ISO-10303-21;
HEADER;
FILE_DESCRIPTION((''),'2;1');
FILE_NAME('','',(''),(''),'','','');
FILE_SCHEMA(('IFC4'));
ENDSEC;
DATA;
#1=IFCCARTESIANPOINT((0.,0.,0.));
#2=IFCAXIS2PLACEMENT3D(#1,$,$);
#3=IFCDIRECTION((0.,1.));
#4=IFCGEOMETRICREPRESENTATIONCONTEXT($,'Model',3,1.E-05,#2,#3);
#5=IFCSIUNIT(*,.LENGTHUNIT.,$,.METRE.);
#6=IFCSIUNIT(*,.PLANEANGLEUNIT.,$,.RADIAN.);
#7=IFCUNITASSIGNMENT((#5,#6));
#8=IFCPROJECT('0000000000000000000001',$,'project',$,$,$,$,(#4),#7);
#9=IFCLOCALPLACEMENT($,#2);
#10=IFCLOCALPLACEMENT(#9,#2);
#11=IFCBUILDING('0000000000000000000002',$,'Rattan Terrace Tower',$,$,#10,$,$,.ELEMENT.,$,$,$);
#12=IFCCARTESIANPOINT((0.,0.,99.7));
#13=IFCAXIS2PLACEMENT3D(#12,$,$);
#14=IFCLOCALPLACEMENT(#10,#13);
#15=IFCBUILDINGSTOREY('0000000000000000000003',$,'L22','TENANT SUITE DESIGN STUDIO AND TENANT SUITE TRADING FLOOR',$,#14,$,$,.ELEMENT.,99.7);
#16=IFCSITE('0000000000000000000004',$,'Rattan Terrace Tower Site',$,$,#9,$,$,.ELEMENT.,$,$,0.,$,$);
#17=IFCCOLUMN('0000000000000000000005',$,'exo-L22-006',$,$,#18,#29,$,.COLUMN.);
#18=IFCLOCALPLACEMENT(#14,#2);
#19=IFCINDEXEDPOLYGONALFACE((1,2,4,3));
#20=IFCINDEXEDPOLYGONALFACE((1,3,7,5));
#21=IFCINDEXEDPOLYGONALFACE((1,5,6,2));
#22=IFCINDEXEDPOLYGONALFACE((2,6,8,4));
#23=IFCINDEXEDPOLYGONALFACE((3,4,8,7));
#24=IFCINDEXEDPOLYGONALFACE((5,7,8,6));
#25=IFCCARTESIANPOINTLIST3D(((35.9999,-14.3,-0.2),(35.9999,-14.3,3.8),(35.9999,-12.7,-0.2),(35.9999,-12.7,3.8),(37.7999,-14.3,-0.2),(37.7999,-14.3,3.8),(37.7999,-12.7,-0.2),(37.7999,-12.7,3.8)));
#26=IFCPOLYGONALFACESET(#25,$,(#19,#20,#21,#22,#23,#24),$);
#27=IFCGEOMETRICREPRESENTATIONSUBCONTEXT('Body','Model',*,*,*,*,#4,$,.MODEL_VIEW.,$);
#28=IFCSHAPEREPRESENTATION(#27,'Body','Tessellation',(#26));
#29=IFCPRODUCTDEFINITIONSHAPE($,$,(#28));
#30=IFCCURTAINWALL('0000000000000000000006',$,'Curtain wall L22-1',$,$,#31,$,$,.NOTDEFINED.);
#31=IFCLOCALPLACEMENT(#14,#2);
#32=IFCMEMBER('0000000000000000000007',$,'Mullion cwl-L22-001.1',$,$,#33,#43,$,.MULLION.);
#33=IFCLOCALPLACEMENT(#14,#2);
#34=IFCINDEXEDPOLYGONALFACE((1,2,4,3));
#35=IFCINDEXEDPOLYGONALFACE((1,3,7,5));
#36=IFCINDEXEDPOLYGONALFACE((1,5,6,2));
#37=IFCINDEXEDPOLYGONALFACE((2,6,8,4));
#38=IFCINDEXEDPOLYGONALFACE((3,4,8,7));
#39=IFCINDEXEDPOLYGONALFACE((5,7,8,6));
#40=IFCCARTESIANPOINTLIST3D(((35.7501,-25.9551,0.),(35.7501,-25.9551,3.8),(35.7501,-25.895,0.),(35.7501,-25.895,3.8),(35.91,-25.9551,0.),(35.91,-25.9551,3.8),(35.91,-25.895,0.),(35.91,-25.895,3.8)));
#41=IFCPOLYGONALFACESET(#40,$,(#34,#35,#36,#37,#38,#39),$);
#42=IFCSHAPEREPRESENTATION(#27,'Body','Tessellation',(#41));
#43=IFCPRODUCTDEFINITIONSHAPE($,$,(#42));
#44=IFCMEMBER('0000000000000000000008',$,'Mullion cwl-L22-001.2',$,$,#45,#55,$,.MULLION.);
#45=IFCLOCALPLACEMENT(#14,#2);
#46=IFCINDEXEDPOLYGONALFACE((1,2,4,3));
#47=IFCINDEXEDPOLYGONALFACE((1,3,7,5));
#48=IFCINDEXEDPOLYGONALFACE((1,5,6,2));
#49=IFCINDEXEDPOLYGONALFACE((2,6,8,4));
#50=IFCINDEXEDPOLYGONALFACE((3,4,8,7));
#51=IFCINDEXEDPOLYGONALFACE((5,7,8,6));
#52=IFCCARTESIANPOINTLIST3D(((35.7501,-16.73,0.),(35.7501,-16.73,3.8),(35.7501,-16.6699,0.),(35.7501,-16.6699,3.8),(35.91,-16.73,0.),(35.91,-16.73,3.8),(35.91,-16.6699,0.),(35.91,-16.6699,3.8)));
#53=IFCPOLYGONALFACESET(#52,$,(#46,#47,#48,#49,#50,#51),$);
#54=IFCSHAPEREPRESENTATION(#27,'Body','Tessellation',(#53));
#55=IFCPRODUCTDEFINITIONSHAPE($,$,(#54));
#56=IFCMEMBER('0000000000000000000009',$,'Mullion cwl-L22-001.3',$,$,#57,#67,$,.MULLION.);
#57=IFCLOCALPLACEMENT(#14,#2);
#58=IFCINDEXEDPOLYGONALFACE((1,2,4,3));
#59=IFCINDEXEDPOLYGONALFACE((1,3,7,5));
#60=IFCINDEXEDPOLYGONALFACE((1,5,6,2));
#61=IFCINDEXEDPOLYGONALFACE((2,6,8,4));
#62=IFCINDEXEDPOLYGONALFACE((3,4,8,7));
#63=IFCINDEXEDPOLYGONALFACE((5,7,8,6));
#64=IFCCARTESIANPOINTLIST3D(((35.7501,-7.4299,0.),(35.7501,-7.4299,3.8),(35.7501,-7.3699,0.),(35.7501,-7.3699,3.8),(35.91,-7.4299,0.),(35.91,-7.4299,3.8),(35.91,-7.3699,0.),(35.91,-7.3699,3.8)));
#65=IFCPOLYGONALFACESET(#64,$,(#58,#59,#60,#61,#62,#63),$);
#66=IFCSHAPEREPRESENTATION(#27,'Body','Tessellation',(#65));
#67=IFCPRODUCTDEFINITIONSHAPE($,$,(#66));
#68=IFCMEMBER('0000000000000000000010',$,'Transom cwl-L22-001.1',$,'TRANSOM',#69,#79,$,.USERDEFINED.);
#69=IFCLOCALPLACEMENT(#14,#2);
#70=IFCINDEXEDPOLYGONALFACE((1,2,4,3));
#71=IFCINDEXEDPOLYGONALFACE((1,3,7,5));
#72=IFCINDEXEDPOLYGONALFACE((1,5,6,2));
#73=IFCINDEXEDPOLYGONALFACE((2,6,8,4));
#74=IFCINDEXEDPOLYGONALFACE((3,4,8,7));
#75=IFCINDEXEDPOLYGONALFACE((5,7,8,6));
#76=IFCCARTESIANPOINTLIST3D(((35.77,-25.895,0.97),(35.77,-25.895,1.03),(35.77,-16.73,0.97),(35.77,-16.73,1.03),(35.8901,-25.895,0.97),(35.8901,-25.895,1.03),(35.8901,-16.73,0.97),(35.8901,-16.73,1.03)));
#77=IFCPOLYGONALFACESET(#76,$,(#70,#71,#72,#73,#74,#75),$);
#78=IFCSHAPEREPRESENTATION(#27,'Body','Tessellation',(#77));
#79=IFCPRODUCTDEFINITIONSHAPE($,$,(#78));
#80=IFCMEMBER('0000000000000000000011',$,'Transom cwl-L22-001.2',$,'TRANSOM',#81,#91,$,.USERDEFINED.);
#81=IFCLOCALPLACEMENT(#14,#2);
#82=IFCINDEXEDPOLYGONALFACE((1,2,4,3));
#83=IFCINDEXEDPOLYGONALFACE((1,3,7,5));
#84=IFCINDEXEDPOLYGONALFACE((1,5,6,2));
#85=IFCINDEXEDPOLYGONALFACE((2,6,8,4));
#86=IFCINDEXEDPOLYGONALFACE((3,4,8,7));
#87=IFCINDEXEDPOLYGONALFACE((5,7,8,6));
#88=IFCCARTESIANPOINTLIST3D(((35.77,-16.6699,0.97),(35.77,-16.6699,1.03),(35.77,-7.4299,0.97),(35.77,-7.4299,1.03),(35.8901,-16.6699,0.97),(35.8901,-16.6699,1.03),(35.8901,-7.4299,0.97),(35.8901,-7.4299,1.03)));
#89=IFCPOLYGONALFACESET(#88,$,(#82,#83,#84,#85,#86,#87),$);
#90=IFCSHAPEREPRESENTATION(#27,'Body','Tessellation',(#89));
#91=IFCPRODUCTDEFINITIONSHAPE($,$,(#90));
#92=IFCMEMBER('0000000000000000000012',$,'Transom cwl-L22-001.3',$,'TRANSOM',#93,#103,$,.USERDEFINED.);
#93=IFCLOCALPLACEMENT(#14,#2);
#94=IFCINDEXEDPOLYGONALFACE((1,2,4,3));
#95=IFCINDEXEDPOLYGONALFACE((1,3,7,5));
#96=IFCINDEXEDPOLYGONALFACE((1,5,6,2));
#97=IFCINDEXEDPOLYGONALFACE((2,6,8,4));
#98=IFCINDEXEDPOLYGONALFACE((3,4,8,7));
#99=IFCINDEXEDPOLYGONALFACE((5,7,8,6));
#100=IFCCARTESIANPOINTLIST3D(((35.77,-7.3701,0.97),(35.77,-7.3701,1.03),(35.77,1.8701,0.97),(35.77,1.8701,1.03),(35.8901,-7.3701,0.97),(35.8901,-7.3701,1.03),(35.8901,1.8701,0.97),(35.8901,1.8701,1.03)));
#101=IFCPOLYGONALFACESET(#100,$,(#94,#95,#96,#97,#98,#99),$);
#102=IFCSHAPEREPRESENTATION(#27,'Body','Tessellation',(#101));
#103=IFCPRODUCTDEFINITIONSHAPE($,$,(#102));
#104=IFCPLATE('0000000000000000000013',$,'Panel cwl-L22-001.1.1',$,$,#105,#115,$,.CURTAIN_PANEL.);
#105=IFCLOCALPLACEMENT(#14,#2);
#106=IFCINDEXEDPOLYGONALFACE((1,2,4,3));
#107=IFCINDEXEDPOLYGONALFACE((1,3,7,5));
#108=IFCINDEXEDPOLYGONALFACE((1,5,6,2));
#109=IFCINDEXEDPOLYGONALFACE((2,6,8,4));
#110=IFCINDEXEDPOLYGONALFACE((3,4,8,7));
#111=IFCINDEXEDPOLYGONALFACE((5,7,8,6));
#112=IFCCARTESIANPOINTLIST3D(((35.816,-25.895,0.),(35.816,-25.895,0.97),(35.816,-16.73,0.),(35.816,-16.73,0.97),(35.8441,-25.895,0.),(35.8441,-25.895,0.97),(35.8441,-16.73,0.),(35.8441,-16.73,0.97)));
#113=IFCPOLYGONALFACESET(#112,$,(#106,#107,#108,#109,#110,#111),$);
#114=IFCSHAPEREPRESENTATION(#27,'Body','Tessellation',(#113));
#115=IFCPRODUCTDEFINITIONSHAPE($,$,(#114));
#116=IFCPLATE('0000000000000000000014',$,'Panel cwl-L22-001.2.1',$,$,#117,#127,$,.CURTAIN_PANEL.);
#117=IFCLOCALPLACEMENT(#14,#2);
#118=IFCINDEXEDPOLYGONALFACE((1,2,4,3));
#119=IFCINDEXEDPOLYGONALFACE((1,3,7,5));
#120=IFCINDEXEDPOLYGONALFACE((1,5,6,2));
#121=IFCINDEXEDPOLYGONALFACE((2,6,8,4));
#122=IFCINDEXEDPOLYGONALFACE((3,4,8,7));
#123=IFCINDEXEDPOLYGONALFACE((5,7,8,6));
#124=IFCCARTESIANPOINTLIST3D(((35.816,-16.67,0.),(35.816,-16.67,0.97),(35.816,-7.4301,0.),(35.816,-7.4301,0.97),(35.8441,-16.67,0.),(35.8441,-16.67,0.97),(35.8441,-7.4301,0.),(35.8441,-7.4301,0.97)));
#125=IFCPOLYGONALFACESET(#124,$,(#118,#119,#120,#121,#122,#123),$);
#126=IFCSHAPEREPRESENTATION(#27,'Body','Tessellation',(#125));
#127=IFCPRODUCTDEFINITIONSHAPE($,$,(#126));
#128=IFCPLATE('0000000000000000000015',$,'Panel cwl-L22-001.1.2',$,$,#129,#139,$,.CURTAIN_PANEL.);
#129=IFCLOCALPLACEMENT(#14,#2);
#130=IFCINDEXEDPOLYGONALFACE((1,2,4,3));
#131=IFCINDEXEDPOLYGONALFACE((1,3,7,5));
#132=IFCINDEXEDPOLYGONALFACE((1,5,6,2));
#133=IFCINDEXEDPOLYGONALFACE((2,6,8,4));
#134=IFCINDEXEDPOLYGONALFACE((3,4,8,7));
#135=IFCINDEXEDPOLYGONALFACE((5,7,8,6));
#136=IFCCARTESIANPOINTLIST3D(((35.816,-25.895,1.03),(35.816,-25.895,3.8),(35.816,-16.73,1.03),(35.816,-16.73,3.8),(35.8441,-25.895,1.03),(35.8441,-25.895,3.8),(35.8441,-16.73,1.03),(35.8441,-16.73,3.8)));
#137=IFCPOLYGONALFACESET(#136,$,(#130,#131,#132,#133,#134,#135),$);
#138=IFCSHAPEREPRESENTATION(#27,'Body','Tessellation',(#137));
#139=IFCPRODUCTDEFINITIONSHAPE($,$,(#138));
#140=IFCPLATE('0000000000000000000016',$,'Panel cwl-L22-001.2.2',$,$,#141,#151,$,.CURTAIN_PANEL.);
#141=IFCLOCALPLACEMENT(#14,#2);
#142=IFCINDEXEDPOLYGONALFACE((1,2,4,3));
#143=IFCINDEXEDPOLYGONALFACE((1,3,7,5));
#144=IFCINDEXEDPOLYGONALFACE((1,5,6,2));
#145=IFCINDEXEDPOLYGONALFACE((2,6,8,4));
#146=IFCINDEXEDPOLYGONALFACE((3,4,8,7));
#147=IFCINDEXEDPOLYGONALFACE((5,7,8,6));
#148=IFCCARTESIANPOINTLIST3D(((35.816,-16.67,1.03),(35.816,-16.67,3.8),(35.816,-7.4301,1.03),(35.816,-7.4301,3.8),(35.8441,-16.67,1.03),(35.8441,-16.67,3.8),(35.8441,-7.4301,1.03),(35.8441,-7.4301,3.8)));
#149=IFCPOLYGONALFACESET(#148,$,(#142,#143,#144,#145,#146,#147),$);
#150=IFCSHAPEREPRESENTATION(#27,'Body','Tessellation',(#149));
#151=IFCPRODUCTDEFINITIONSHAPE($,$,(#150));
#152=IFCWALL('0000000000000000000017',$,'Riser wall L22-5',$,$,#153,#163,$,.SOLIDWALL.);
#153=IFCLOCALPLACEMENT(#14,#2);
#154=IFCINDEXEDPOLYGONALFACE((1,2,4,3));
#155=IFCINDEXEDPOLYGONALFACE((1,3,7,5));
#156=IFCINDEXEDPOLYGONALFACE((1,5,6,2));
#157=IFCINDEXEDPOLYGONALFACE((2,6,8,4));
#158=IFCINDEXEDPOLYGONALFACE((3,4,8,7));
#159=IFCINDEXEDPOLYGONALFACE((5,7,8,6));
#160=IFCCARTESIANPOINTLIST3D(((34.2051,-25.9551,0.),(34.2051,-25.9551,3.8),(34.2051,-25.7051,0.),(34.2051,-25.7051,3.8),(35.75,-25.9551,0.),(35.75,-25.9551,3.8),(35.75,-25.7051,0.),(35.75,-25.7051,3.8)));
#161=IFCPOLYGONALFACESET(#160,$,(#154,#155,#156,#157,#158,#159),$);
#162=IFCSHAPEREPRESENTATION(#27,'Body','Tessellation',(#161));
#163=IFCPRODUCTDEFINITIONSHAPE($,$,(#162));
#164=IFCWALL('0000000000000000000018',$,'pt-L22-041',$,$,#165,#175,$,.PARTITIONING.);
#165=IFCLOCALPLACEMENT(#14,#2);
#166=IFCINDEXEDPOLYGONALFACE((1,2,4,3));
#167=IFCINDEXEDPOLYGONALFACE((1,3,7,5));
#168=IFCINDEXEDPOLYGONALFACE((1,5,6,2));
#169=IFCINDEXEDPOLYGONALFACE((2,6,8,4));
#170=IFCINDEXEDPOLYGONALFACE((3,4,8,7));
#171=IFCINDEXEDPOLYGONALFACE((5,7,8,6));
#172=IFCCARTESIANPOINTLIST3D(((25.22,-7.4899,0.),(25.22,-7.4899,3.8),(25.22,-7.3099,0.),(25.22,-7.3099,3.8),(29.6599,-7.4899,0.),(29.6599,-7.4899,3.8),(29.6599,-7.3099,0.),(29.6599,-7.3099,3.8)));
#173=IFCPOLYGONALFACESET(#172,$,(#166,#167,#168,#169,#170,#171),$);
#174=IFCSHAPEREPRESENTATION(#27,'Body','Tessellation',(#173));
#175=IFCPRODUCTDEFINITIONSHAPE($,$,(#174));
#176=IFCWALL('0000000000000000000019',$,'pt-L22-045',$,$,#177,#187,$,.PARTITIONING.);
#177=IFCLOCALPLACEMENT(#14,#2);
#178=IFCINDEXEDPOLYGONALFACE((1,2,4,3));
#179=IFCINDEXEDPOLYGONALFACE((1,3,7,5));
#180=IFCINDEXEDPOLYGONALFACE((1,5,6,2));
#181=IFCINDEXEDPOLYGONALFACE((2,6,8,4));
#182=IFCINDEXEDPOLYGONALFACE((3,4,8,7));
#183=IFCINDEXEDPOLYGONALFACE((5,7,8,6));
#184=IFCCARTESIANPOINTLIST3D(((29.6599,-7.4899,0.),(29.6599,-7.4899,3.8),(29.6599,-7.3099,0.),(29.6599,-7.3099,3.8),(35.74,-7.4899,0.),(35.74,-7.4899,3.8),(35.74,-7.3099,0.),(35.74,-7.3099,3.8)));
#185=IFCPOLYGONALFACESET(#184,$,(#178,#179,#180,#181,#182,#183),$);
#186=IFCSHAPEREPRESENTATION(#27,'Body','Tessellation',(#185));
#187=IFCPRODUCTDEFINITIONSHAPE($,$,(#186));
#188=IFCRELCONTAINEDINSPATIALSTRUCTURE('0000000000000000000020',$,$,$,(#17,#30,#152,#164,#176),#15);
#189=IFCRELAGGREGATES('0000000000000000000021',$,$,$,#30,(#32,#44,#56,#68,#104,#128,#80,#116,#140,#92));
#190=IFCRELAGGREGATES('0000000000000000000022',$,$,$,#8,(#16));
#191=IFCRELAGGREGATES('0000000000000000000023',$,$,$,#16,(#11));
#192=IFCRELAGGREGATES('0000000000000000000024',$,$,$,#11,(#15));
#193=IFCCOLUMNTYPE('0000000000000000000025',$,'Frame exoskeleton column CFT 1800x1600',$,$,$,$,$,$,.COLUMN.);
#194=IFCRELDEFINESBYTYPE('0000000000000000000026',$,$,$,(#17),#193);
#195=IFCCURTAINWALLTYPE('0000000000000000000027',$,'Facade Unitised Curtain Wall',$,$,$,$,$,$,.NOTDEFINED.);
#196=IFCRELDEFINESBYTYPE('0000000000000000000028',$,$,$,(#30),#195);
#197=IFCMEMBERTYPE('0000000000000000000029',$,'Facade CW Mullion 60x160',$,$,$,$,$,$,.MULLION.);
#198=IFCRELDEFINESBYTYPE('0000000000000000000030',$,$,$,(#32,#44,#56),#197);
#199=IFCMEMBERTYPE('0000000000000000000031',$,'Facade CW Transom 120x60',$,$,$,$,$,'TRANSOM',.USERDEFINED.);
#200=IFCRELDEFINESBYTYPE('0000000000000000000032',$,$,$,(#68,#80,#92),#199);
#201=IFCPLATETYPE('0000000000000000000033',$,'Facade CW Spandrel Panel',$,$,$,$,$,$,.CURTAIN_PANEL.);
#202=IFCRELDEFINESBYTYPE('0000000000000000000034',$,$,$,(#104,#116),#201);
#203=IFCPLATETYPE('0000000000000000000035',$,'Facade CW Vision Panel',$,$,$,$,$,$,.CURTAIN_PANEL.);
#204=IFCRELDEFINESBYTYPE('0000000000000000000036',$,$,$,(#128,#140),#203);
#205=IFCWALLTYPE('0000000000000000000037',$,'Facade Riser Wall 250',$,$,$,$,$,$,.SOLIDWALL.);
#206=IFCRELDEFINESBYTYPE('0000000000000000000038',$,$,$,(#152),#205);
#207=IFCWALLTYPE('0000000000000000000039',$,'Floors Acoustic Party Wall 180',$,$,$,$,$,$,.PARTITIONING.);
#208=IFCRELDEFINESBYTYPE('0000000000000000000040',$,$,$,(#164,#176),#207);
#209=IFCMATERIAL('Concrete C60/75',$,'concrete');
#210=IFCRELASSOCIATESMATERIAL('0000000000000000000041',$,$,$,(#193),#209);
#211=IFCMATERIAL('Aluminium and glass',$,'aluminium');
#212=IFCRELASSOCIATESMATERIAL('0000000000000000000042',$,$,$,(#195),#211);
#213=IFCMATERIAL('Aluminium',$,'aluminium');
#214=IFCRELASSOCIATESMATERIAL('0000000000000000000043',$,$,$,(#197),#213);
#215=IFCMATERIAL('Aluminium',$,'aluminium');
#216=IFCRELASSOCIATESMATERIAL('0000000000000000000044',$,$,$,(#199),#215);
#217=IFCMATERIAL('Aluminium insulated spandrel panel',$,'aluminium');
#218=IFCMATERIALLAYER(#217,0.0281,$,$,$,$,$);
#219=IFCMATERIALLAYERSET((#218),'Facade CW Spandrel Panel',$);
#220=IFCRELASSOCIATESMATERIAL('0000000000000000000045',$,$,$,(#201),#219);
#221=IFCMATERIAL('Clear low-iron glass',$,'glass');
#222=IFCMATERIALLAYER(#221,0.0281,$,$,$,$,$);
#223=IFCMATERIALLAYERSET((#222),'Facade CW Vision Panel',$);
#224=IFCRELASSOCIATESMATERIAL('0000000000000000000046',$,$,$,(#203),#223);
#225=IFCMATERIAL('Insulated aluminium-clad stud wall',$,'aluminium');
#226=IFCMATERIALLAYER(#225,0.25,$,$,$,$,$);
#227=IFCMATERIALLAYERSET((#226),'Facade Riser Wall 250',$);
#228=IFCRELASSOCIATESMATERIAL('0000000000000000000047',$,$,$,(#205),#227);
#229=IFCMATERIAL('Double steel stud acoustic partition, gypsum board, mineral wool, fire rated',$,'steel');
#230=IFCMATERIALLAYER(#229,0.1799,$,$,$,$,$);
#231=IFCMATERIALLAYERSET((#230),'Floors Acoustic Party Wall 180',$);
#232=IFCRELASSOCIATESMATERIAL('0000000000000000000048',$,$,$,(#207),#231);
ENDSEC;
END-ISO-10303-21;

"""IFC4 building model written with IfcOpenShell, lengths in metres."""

from ifc_helpers import new_model, si_unit, direction, frame, frame_2d, origin, origin_2d, place, context, subcontext, project, spatial, rectangle, extrude, material, layer, layer_set, material_profile, profile_set, type_object, element, aggregate, save


model = new_model("IFC4")

# Units and contexts
model_context = context("Model", 3, precision=1e-05, world=origin(), true_north=direction((0.0, 1.0)))
body_context = subcontext(model_context, "Body", "Model", "MODEL_VIEW")
ifc_project = project(units=[si_unit("LENGTHUNIT", "METRE"), si_unit("PLANEANGLEUNIT", "RADIAN")], contexts=[model_context])

# Site, building, storey
site_placement = place(None, origin())
site = spatial("IfcSite", under=ifc_project, at=site_placement, Name="Rattan Terrace Tower Site", CompositionType="ELEMENT", RefElevation=0.0)
building_placement = place(site_placement, origin())
building = spatial("IfcBuilding", under=site, at=building_placement, Name="Rattan Terrace Tower", CompositionType="ELEMENT")
storey_placement = place(building_placement, frame((0.0, 0.0, 99.7)))
storey = spatial("IfcBuildingStorey", under=building, at=storey_placement, Name="L22", Description="TENANT SUITE DESIGN STUDIO AND TENANT SUITE TRADING FLOOR", CompositionType="ELEMENT", Elevation=99.7)

# Column
ifc_material_1 = material(Name="Concrete C60/75", Category="concrete")
ifc_material_profile_1 = material_profile(ifc_material_1, rectangle(XDim=1.6001, YDim=1.8, at=origin_2d()), Name="CFT 1800x1600")
ifc_profile_set_1 = profile_set([ifc_material_profile_1], Name="Concrete C60/75")
column_type = type_object("IfcColumnType", Name="Frame exoskeleton column CFT 1800x1600", PredefinedType="COLUMN", material=ifc_profile_set_1)
column_placement = place(storey_placement, frame((36.8999, -13.5, -0.2), z_axis=(0.0, 0.0, 1.0), x_axis=(0.0, 1.0, 0.0)))
element("IfcColumn", 1, at=column_placement, inside=storey, type_object=column_type, Name="exo-L22-006", PredefinedType="COLUMN", context=body_context, shape_type="SweptSolid", body=[
    extrude(rectangle(XDim=1.6001, YDim=1.8, at=origin_2d()), origin(), (0.0, 0.0, 1.0), 4.0),
])

# Curtain wall, members, plates
ifc_material_2 = material(Name="Aluminium and glass", Category="aluminium")
curtain_wall_type = type_object("IfcCurtainWallType", Name="Facade Unitised Curtain Wall", PredefinedType="NOTDEFINED", material=ifc_material_2)
curtain_wall_placement = place(storey_placement, origin())
curtain_wall = element("IfcCurtainWall", 2, at=curtain_wall_placement, inside=storey, type_object=curtain_wall_type, Name="Curtain wall L22-1", PredefinedType="NOTDEFINED")
ifc_material_3 = material(Name="Aluminium", Category="aluminium")
ifc_material_profile_2 = material_profile(ifc_material_3, rectangle(XDim=0.0601, YDim=0.1599, at=origin_2d()), Name="Aluminium 60x160")
ifc_profile_set_2 = profile_set([ifc_material_profile_2], Name="Aluminium")
member_type_1 = type_object("IfcMemberType", Name="Facade CW Mullion 60x160", PredefinedType="MULLION", material=ifc_profile_set_2)
member_1_placement = place(storey_placement, frame((35.8301, -25.925, 0.0), z_axis=(0.0, 0.0, 1.0), x_axis=(0.0, 1.0, 0.0)))
member_1 = element("IfcMember", 3, at=member_1_placement, type_object=member_type_1, Name="Mullion cwl-L22-001.1", PredefinedType="MULLION", context=body_context, shape_type="SweptSolid", body=[
    extrude(rectangle(XDim=0.0601, YDim=0.1599, at=origin_2d()), origin(), (0.0, 0.0, 1.0), 3.8),
])
member_2_placement = place(storey_placement, frame((35.8301, -16.7, 0.0), z_axis=(0.0, 0.0, 1.0), x_axis=(0.0, 1.0, 0.0)))
member_2 = element("IfcMember", 4, at=member_2_placement, type_object=member_type_1, Name="Mullion cwl-L22-001.2", PredefinedType="MULLION", context=body_context, shape_type="SweptSolid", body=[
    extrude(rectangle(XDim=0.0601, YDim=0.1599, at=origin_2d()), origin(), (0.0, 0.0, 1.0), 3.8),
])
member_3_placement = place(storey_placement, frame((35.8301, -7.3999, 0.0), z_axis=(0.0, 0.0, 1.0), x_axis=(0.0, 1.0, 0.0)))
member_3 = element("IfcMember", 5, at=member_3_placement, type_object=member_type_1, Name="Mullion cwl-L22-001.3", PredefinedType="MULLION", context=body_context, shape_type="SweptSolid", body=[
    extrude(rectangle(XDim=0.0601, YDim=0.1599, at=origin_2d()), origin(), (0.0, 0.0, 1.0), 3.8),
])
ifc_material_4 = material(Name="Aluminium", Category="aluminium")
ifc_material_profile_3 = material_profile(ifc_material_4, rectangle(XDim=0.1201, YDim=0.0601, at=origin_2d()), Name="Aluminium 120x60")
ifc_profile_set_3 = profile_set([ifc_material_profile_3], Name="Aluminium")
member_type_2 = type_object("IfcMemberType", Name="Facade CW Transom 120x60", ElementType="TRANSOM", PredefinedType="USERDEFINED", material=ifc_profile_set_3)
member_4_placement = place(storey_placement, frame((35.8301, -25.895, 1.0), z_axis=(0.0, 1.0, 0.0), x_axis=(-1.0, 0.0, 0.0)))
member_4 = element("IfcMember", 6, at=member_4_placement, type_object=member_type_2, Name="Transom cwl-L22-001.1", ObjectType="TRANSOM", PredefinedType="USERDEFINED", context=body_context, shape_type="SweptSolid", body=[
    extrude(rectangle(XDim=0.1201, YDim=0.0601, at=origin_2d()), origin(), (0.0, 0.0, 1.0), 9.165),
])
member_5_placement = place(storey_placement, frame((35.8301, -16.6699, 1.0), z_axis=(0.0, 1.0, 0.0), x_axis=(-1.0, 0.0, 0.0)))
member_5 = element("IfcMember", 7, at=member_5_placement, type_object=member_type_2, Name="Transom cwl-L22-001.2", ObjectType="TRANSOM", PredefinedType="USERDEFINED", context=body_context, shape_type="SweptSolid", body=[
    extrude(rectangle(XDim=0.1201, YDim=0.0601, at=origin_2d()), origin(), (0.0, 0.0, 1.0), 9.24),
])
member_6_placement = place(storey_placement, frame((35.8301, -7.3701, 1.0), z_axis=(0.0, 1.0, 0.0), x_axis=(-1.0, 0.0, 0.0)))
member_6 = element("IfcMember", 8, at=member_6_placement, type_object=member_type_2, Name="Transom cwl-L22-001.3", ObjectType="TRANSOM", PredefinedType="USERDEFINED", context=body_context, shape_type="SweptSolid", body=[
    extrude(rectangle(XDim=0.1201, YDim=0.0601, at=origin_2d()), origin(), (0.0, 0.0, 1.0), 9.2402),
])
ifc_material_5 = material(Name="Aluminium insulated spandrel panel", Category="aluminium")
ifc_layer_1 = layer(ifc_material_5, 0.0281)
ifc_layer_set_1 = layer_set([ifc_layer_1], Name="Facade CW Spandrel Panel")
plate_type_1 = type_object("IfcPlateType", Name="Facade CW Spandrel Panel", PredefinedType="CURTAIN_PANEL", material=ifc_layer_set_1)
plate_1_placement = place(storey_placement, frame((35.8301, -21.3125, 0.0), z_axis=(0.0, 0.0, 1.0), x_axis=(0.0, 1.0, 0.0)))
plate_1 = element("IfcPlate", 9, at=plate_1_placement, type_object=plate_type_1, Name="Panel cwl-L22-001.1.1", PredefinedType="CURTAIN_PANEL", context=body_context, shape_type="SweptSolid", body=[
    extrude(rectangle(XDim=9.165, YDim=0.0281, at=origin_2d()), origin(), (0.0, 0.0, 1.0), 0.97),
])
plate_2_placement = place(storey_placement, frame((35.8301, -12.05, 0.0), z_axis=(0.0, 0.0, 1.0), x_axis=(0.0, 1.0, 0.0)))
plate_2 = element("IfcPlate", 10, at=plate_2_placement, type_object=plate_type_1, Name="Panel cwl-L22-001.2.1", PredefinedType="CURTAIN_PANEL", context=body_context, shape_type="SweptSolid", body=[
    extrude(rectangle(XDim=9.24, YDim=0.0281, at=origin_2d()), origin(), (0.0, 0.0, 1.0), 0.97),
])
ifc_material_6 = material(Name="Clear low-iron glass", Category="glass")
ifc_layer_2 = layer(ifc_material_6, 0.0281)
ifc_layer_set_2 = layer_set([ifc_layer_2], Name="Facade CW Vision Panel")
plate_type_2 = type_object("IfcPlateType", Name="Facade CW Vision Panel", PredefinedType="CURTAIN_PANEL", material=ifc_layer_set_2)
plate_3_placement = place(storey_placement, frame((35.8301, -21.3125, 1.03), z_axis=(0.0, 0.0, 1.0), x_axis=(0.0, 1.0, 0.0)))
plate_3 = element("IfcPlate", 11, at=plate_3_placement, type_object=plate_type_2, Name="Panel cwl-L22-001.1.2", PredefinedType="CURTAIN_PANEL", context=body_context, shape_type="SweptSolid", body=[
    extrude(rectangle(XDim=9.165, YDim=0.0281, at=origin_2d()), origin(), (0.0, 0.0, 1.0), 2.77),
])
plate_4_placement = place(storey_placement, frame((35.8301, -12.05, 1.03), z_axis=(0.0, 0.0, 1.0), x_axis=(0.0, 1.0, 0.0)))
plate_4 = element("IfcPlate", 12, at=plate_4_placement, type_object=plate_type_2, Name="Panel cwl-L22-001.2.2", PredefinedType="CURTAIN_PANEL", context=body_context, shape_type="SweptSolid", body=[
    extrude(rectangle(XDim=9.24, YDim=0.0281, at=origin_2d()), origin(), (0.0, 0.0, 1.0), 2.77),
])
aggregate(curtain_wall, [member_1, member_2, member_3, member_4, plate_1, plate_3, member_5, plate_2, plate_4, member_6])

# Walls
ifc_material_7 = material(Name="Insulated aluminium-clad stud wall", Category="aluminium")
ifc_layer_3 = layer(ifc_material_7, 0.25)
ifc_layer_set_3 = layer_set([ifc_layer_3], Name="Facade Riser Wall 250")
wall_type_1 = type_object("IfcWallType", Name="Facade Riser Wall 250", PredefinedType="SOLIDWALL", material=ifc_layer_set_3)
wall_1_placement = place(storey_placement, frame((34.2051, -25.8301, 0.0), z_axis=(0.0, 0.0, 1.0), x_axis=(1.0, 0.0, 0.0)))
element("IfcWall", 13, at=wall_1_placement, inside=storey, type_object=wall_type_1, Name="Riser wall L22-5", PredefinedType="SOLIDWALL", context=body_context, shape_type="SweptSolid", body=[
    extrude(rectangle(XDim=1.5449, YDim=0.25, at=frame_2d((0.7725, 0.0))), origin(), (0.0, 0.0, 1.0), 3.8),
])
ifc_material_8 = material(Name="Double steel stud acoustic partition, gypsum board, mineral wool, fire rated", Category="steel")
ifc_layer_4 = layer(ifc_material_8, 0.1799)
ifc_layer_set_4 = layer_set([ifc_layer_4], Name="Floors Acoustic Party Wall 180")
wall_type_2 = type_object("IfcWallType", Name="Floors Acoustic Party Wall 180", PredefinedType="PARTITIONING", material=ifc_layer_set_4)
wall_2_placement = place(storey_placement, frame((25.22, -7.3999, 0.0), z_axis=(0.0, 0.0, 1.0), x_axis=(1.0, 0.0, 0.0)))
element("IfcWall", 14, at=wall_2_placement, inside=storey, type_object=wall_type_2, Name="pt-L22-041", PredefinedType="PARTITIONING", context=body_context, shape_type="SweptSolid", body=[
    extrude(rectangle(XDim=4.4399, YDim=0.1799, at=frame_2d((2.22, 0.0))), origin(), (0.0, 0.0, 1.0), 3.8),
])
wall_3_placement = place(storey_placement, frame((29.6599, -7.3999, 0.0), z_axis=(0.0, 0.0, 1.0), x_axis=(1.0, 0.0, 0.0)))
element("IfcWall", 15, at=wall_3_placement, inside=storey, type_object=wall_type_2, Name="pt-L22-045", PredefinedType="PARTITIONING", context=body_context, shape_type="SweptSolid", body=[
    extrude(rectangle(XDim=6.0801, YDim=0.1799, at=frame_2d((3.04, 0.0))), origin(), (0.0, 0.0, 1.0), 3.8),
])

save(model, "model.ifc")
